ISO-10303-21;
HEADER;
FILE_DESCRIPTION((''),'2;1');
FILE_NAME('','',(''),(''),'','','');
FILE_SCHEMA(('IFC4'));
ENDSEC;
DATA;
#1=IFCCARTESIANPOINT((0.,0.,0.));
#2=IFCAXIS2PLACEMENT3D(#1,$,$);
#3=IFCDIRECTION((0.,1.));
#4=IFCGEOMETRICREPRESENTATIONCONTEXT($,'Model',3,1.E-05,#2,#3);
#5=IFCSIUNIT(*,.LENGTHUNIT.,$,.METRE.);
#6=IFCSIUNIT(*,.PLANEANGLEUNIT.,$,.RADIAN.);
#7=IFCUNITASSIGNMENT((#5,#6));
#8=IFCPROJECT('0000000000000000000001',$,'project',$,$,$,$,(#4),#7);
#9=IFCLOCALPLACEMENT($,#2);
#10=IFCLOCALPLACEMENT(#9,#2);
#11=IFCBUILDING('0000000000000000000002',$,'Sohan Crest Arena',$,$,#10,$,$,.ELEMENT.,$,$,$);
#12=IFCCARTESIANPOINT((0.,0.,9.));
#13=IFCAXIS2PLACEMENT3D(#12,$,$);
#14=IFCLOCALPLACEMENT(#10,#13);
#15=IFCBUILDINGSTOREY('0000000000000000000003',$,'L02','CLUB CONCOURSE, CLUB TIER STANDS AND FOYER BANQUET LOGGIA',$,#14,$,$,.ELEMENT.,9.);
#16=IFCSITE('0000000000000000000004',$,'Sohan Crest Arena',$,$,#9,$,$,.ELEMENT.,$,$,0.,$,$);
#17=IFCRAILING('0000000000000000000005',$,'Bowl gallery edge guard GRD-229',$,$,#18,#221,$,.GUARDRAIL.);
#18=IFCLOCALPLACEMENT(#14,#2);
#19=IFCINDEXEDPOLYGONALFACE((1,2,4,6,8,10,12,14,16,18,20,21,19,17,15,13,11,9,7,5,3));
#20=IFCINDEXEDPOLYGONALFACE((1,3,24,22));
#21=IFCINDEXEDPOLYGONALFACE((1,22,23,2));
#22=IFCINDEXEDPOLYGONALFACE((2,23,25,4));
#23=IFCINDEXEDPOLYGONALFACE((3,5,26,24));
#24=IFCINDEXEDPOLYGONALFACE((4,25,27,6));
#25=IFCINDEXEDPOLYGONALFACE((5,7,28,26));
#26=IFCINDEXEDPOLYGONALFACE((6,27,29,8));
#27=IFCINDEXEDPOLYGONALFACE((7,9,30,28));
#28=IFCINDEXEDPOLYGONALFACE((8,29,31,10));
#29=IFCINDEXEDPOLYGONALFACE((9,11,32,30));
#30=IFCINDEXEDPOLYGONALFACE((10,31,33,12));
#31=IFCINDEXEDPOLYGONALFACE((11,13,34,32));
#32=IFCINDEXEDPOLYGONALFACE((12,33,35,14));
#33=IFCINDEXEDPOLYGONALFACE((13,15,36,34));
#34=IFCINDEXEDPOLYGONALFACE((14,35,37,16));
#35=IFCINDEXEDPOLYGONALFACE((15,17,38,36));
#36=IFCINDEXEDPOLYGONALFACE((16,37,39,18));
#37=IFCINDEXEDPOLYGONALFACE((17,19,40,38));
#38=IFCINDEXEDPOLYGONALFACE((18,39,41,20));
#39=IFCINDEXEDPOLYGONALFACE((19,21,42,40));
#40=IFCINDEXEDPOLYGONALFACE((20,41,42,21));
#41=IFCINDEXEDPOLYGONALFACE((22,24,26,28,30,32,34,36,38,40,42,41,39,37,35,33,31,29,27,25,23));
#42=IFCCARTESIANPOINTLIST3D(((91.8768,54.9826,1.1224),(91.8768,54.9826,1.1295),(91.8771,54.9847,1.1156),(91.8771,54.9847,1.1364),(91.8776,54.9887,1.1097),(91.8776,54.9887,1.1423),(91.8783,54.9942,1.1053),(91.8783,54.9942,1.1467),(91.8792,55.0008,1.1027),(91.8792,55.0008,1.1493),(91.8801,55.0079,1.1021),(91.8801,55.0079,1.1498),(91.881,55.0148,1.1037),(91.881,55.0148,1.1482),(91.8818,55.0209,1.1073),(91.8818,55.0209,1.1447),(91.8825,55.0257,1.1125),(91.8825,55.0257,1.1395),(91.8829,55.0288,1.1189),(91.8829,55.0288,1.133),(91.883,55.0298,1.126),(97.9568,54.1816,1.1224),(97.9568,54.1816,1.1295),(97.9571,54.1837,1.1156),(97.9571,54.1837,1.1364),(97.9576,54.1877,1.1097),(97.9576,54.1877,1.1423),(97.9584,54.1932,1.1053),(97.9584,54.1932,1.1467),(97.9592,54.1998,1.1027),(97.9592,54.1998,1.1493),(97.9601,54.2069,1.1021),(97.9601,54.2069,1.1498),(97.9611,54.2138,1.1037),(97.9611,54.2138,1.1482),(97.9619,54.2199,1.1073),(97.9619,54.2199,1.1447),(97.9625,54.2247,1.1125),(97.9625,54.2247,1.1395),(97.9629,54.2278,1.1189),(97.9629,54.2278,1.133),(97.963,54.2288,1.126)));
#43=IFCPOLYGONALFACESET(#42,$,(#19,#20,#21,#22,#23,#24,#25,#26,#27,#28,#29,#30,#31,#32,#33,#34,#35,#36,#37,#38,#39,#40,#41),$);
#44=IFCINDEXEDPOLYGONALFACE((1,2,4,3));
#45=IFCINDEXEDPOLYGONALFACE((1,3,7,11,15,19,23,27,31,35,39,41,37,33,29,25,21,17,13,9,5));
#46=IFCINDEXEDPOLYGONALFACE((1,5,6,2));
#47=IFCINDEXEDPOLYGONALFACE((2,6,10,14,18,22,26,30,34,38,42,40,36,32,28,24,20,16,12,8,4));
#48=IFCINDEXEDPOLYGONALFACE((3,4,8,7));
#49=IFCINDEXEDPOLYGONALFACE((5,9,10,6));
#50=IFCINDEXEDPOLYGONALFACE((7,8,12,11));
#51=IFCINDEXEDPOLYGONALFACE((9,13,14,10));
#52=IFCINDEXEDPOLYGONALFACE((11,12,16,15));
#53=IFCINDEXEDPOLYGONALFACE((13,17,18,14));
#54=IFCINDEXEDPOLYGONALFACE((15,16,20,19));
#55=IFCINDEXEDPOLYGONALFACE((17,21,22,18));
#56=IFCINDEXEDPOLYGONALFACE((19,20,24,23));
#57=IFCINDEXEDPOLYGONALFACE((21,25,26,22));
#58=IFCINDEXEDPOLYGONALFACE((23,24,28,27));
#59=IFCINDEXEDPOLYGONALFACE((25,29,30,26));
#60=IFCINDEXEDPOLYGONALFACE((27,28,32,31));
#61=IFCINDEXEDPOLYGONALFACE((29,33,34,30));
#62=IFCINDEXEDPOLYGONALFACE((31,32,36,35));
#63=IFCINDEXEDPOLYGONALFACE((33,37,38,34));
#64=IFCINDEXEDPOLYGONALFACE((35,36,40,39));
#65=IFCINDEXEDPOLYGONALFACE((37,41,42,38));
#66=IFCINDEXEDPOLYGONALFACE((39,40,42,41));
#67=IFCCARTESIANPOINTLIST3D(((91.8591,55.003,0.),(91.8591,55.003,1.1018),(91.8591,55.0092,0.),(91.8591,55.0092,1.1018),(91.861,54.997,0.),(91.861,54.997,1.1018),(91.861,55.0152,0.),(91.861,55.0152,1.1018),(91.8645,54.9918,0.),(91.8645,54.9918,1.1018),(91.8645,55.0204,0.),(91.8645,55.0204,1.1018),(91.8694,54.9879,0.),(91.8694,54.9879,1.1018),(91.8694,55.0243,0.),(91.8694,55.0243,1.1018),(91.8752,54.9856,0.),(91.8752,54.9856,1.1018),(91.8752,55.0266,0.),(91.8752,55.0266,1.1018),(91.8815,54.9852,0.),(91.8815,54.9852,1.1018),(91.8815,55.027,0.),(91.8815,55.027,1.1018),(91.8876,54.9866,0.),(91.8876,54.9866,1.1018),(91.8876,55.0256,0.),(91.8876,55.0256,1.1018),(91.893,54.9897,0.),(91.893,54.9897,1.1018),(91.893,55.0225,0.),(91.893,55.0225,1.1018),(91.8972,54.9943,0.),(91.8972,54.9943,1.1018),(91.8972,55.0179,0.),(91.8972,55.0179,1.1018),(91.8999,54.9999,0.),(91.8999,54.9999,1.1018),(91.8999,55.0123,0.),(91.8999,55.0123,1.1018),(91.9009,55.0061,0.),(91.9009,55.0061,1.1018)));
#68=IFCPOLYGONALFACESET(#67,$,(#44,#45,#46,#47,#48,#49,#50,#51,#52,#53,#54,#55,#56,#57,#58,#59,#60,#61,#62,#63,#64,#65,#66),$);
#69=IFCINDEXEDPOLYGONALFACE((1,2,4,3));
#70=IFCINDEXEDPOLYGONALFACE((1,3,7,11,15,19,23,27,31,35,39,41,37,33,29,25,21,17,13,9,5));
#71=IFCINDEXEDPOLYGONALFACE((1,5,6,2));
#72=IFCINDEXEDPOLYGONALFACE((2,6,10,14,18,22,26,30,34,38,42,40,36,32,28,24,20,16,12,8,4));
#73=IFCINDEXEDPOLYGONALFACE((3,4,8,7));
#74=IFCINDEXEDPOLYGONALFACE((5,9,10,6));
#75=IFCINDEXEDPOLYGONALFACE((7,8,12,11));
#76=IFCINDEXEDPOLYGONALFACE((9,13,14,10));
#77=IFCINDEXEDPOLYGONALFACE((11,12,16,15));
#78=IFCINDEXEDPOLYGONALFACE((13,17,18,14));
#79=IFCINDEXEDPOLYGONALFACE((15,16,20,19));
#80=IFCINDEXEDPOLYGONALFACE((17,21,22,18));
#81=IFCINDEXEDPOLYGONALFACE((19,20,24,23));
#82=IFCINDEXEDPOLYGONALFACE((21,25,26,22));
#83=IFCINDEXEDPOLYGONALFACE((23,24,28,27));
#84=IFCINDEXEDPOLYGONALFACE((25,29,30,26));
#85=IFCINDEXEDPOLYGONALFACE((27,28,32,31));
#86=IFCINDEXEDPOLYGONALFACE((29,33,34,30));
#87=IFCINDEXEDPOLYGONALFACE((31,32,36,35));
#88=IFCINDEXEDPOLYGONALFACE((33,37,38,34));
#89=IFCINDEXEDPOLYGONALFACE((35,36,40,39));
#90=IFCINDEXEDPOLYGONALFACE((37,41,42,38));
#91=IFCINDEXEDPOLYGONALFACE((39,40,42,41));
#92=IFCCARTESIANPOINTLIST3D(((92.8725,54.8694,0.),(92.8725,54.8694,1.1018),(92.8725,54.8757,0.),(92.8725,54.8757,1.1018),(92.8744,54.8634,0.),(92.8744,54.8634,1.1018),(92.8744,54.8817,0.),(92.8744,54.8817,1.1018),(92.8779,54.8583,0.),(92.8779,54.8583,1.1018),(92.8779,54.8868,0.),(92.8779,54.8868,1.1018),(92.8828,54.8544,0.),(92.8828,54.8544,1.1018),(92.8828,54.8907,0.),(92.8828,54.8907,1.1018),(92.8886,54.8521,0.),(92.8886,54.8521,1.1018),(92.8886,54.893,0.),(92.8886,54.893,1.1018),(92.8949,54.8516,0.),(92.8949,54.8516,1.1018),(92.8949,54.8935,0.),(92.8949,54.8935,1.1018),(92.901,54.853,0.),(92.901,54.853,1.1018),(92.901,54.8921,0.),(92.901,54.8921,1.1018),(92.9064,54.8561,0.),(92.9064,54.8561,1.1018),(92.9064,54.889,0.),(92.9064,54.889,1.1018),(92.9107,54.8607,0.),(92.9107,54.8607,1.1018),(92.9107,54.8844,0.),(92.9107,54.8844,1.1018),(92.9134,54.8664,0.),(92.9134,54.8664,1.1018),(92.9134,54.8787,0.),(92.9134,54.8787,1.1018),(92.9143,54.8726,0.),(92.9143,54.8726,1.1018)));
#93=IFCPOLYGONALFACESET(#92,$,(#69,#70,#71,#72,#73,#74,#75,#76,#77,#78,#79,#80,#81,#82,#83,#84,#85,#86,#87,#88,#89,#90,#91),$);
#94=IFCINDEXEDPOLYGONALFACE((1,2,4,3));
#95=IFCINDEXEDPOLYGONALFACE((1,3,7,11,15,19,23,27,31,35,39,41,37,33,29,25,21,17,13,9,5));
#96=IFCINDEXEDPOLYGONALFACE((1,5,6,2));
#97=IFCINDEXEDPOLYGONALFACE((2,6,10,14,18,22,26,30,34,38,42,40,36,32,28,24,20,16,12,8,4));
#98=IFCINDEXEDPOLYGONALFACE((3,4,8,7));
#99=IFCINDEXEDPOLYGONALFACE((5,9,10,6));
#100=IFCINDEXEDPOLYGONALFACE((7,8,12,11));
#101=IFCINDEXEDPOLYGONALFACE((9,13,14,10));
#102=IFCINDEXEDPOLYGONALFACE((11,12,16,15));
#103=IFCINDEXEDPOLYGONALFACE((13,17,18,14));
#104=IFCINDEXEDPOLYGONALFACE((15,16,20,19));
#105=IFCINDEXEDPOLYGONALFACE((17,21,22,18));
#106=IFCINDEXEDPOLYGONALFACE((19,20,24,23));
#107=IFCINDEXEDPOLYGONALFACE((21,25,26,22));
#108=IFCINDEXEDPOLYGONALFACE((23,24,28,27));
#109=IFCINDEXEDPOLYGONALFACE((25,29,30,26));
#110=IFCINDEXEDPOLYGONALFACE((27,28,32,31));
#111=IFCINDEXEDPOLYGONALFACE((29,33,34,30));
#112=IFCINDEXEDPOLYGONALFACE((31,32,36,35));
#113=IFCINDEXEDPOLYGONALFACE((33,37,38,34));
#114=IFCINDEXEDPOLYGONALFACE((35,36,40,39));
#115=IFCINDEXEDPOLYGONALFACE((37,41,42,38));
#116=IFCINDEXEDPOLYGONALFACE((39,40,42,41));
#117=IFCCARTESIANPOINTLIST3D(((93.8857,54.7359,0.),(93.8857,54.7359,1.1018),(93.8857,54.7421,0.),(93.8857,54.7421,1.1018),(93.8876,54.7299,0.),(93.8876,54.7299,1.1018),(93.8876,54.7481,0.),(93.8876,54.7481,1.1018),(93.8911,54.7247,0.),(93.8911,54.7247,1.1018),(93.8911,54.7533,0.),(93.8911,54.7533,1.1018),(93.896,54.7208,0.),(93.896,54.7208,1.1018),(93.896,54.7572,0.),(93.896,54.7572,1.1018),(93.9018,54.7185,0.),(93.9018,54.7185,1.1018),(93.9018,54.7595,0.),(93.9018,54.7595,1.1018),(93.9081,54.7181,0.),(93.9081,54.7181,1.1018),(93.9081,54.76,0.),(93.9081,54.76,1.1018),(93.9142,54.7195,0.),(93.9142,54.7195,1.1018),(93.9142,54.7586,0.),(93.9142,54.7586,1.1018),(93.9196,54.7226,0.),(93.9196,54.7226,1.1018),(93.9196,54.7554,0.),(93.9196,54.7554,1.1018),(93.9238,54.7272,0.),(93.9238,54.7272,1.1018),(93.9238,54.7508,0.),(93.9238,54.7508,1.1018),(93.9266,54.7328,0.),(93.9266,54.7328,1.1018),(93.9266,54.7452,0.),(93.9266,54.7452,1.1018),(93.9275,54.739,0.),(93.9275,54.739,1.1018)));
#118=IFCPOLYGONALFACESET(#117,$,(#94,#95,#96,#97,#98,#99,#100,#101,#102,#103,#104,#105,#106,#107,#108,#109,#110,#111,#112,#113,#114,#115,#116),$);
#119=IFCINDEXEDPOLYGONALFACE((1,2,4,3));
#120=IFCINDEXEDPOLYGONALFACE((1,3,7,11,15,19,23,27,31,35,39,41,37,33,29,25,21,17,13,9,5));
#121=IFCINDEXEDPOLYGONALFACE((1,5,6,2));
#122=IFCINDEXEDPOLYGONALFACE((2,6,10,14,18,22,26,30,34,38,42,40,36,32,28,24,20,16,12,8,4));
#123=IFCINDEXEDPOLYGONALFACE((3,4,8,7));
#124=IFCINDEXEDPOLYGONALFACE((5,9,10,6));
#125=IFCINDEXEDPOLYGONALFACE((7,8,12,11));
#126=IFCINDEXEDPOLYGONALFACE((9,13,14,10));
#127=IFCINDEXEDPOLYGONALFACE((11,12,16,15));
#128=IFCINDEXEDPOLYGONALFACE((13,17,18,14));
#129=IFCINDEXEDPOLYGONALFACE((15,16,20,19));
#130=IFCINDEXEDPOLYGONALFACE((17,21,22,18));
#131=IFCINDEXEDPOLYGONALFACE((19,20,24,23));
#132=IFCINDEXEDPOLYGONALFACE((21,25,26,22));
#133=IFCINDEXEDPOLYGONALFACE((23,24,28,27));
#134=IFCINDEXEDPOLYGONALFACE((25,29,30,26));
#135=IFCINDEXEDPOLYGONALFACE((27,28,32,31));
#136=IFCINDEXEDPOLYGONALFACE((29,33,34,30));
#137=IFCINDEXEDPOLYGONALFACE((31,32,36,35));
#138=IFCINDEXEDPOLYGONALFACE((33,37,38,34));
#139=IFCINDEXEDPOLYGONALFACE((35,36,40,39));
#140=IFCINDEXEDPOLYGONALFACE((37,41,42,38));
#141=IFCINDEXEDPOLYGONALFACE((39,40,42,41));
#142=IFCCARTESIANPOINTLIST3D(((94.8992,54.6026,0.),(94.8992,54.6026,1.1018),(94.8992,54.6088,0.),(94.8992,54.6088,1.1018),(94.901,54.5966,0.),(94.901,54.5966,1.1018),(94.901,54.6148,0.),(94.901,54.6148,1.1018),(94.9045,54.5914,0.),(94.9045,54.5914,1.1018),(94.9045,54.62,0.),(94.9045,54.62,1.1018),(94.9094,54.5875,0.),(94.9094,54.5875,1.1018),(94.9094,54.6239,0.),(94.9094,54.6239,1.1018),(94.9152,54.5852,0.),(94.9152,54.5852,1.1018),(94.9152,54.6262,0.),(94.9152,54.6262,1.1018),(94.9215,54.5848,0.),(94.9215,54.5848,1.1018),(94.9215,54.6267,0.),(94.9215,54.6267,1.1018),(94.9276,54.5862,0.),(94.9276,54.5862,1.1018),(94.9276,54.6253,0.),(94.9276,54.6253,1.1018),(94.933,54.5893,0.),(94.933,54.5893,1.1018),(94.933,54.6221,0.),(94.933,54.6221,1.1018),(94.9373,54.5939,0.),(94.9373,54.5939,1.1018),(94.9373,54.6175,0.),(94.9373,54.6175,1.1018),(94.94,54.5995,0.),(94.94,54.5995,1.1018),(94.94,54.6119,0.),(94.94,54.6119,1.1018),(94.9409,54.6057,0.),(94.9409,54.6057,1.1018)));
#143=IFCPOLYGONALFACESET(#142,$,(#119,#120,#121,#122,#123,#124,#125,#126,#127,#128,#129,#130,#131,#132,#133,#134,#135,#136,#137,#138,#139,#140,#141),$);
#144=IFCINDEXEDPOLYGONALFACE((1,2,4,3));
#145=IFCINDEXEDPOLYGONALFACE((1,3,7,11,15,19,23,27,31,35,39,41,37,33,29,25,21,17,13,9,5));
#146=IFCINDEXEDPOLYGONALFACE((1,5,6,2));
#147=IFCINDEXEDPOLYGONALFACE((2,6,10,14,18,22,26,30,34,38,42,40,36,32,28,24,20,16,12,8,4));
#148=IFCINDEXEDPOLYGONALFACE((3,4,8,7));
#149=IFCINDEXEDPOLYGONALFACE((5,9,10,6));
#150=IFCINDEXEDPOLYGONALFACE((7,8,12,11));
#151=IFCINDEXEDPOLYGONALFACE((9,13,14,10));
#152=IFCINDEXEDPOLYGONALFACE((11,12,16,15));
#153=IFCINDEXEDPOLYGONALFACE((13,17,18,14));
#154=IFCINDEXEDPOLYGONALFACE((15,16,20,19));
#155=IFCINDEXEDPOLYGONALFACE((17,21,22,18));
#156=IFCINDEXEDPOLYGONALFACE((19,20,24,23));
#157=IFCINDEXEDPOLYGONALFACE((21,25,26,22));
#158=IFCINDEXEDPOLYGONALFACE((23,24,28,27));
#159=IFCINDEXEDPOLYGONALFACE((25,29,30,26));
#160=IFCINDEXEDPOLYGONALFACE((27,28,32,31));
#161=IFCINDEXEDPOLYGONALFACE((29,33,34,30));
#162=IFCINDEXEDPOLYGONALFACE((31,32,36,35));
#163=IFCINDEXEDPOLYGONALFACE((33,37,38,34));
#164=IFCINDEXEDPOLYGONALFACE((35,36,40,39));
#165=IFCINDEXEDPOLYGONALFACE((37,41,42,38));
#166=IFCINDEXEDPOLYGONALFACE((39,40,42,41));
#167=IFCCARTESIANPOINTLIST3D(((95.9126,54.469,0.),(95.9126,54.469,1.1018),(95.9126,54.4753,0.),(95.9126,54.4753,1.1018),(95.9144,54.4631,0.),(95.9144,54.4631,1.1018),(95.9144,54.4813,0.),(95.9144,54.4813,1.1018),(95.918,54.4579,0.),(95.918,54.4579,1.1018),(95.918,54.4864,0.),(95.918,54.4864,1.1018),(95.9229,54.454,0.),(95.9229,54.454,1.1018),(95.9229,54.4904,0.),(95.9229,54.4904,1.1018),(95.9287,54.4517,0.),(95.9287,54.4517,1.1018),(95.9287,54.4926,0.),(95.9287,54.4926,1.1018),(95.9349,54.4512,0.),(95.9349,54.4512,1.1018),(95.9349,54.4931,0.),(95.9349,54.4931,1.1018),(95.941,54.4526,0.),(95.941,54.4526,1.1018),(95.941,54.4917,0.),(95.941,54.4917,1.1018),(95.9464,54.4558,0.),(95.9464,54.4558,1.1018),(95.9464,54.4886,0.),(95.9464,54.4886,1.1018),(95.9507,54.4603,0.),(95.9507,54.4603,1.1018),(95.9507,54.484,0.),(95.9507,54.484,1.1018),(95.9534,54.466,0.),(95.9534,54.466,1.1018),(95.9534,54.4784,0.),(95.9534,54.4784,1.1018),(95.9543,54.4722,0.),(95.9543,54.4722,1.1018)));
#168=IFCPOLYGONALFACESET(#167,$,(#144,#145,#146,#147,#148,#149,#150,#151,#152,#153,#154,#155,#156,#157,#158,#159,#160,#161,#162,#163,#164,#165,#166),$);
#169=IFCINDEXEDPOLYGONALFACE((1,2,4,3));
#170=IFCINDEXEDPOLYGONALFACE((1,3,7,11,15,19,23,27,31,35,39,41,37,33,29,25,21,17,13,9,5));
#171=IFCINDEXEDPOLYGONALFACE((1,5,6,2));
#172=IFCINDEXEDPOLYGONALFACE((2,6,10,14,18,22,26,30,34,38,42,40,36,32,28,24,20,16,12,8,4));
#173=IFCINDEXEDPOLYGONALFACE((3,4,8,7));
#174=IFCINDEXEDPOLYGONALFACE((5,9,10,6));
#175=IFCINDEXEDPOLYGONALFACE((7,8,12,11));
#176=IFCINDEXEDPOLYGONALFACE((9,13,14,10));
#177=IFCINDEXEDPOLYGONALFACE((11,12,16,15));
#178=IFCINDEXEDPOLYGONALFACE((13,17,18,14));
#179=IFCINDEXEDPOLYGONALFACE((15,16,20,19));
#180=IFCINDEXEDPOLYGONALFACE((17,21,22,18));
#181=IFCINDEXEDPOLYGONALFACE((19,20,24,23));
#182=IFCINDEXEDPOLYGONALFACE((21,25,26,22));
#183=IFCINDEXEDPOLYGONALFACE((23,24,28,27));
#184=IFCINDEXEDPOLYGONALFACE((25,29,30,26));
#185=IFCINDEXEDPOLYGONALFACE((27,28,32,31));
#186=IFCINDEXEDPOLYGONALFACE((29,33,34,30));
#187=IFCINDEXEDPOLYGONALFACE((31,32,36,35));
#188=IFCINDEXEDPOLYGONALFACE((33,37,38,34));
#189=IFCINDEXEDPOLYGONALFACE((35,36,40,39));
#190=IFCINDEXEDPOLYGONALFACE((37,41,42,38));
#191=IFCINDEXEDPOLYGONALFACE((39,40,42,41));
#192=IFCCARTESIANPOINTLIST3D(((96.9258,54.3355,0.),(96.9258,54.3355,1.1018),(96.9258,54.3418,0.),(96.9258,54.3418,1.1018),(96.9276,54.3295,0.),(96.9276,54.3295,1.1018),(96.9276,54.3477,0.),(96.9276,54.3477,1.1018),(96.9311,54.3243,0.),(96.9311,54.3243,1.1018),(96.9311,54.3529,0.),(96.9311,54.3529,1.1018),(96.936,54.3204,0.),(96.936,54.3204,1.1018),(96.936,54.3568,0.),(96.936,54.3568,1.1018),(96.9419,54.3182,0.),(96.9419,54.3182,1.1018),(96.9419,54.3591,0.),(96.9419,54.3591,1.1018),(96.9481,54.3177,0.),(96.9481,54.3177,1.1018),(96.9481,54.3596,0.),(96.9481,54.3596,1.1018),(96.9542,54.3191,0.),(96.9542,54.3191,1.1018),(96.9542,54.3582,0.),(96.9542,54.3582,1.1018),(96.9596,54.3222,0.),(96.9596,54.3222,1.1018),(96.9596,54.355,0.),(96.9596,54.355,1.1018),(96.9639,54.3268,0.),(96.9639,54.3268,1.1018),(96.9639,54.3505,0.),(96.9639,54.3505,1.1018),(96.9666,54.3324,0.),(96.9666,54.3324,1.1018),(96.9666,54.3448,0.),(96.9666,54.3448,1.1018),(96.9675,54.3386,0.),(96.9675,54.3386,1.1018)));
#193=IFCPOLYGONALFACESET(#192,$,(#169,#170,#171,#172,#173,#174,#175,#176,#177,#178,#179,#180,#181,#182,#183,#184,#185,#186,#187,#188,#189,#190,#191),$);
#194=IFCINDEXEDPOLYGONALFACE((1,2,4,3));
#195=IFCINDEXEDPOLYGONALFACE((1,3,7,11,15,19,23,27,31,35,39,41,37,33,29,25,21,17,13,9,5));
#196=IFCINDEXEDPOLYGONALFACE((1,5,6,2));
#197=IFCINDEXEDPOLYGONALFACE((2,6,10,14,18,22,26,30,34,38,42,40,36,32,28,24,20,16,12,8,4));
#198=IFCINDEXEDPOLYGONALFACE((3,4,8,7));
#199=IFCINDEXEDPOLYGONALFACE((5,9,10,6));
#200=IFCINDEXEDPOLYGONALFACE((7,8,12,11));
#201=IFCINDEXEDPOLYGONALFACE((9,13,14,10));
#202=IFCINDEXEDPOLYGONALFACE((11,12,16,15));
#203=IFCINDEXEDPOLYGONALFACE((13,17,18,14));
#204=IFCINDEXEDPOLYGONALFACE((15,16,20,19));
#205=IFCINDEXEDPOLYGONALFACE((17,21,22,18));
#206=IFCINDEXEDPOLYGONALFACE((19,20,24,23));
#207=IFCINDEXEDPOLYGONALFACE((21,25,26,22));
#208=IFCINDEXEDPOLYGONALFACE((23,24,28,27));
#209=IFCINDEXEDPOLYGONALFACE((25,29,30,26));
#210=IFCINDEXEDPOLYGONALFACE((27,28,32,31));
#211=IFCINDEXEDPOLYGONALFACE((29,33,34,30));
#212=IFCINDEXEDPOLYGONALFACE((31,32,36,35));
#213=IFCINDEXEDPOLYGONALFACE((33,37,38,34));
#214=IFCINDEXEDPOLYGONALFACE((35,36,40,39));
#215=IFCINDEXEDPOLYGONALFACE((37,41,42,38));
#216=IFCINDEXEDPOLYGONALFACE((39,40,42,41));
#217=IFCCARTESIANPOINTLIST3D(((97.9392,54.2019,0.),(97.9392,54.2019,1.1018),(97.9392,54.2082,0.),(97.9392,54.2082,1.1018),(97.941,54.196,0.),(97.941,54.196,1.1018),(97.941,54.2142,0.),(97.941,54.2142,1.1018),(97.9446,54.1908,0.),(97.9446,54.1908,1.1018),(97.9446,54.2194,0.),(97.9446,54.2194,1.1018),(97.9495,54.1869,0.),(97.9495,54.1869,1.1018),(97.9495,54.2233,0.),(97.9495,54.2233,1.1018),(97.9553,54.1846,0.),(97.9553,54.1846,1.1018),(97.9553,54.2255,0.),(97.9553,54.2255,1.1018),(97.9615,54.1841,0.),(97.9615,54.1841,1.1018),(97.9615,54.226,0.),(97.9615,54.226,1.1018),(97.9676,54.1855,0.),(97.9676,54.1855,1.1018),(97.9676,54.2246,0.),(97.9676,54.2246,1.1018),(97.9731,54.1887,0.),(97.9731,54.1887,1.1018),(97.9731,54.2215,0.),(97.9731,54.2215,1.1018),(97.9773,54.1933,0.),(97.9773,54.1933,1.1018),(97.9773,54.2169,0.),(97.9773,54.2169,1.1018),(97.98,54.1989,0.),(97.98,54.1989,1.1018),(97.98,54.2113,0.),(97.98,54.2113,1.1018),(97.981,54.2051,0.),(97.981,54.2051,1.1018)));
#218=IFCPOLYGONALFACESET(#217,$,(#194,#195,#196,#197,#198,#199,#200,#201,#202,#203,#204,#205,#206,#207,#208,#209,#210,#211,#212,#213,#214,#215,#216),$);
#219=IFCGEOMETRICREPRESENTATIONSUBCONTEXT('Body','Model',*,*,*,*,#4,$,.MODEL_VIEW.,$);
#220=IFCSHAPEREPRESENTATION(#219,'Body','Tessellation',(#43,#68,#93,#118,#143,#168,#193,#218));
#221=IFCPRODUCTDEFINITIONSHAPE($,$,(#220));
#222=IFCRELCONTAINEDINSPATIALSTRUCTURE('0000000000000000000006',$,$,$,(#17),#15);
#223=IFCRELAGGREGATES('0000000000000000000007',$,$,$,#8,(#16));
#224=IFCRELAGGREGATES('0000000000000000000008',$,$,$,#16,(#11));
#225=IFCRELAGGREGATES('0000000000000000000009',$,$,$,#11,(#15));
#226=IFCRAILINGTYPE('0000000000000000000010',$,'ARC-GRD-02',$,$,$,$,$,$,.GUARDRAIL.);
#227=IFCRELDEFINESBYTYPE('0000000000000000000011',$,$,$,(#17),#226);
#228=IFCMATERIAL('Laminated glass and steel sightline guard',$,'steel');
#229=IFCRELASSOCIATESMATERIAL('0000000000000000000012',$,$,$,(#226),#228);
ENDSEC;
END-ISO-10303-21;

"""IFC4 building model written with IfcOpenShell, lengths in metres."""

from ifc_helpers import new_model, si_unit, direction, frame, origin, origin_2d, place, context, subcontext, project, spatial, circle, extrude, material, type_object, element, save


model = new_model("IFC4")

# Units and contexts
model_context = context("Model", 3, precision=1e-05, world=origin(), true_north=direction((0.0, 1.0)))
body_context = subcontext(model_context, "Body", "Model", "MODEL_VIEW")
ifc_project = project(units=[si_unit("LENGTHUNIT", "METRE"), si_unit("PLANEANGLEUNIT", "RADIAN")], contexts=[model_context])

# Site, building, storey
site_placement = place(None, origin())
site = spatial("IfcSite", under=ifc_project, at=site_placement, Name="Sohan Crest Arena", CompositionType="ELEMENT", RefElevation=0.0)
building_placement = place(site_placement, origin())
building = spatial("IfcBuilding", under=site, at=building_placement, Name="Sohan Crest Arena", CompositionType="ELEMENT")
storey_placement = place(building_placement, frame((0.0, 0.0, 9.0)))
storey = spatial("IfcBuildingStorey", under=building, at=storey_placement, Name="L02", Description="CLUB CONCOURSE, CLUB TIER STANDS AND FOYER BANQUET LOGGIA", CompositionType="ELEMENT", Elevation=9.0)

# Railing
ifc_material_1 = material(Name="Laminated glass and steel sightline guard", Category="steel")
railing_type_1 = type_object("IfcRailingType", Name="ARC-GRD-02", PredefinedType="GUARDRAIL", material=ifc_material_1)
railing_1_placement = place(storey_placement, frame((91.8799, 55.0061, 0.0)))
element("IfcRailing", 1, at=railing_1_placement, inside=storey, type_object=railing_type_1, Name="Bowl gallery edge guard GRD-229", PredefinedType="GUARDRAIL", context=body_context, shape_type="SweptSolid", body=[
    extrude(circle(Radius=0.0239, at=origin_2d()), frame((0.0, 0.0, 1.126), z_axis=(0.991433, -0.130617, 0.0), x_axis=(0.130617, 0.991433, 0.0)), (0.0, 0.0, 1.0), 6.1326),
    extrude(circle(Radius=0.021, at=origin_2d()), origin(), (0.0, 0.0, 1.0), 1.1018),
    extrude(circle(Radius=0.021, at=origin_2d()), frame((1.0134, -0.1335, 0.0)), (0.0, 0.0, 1.0), 1.1018),
    extrude(circle(Radius=0.021, at=origin_2d()), frame((2.0266, -0.2671, 0.0)), (0.0, 0.0, 1.0), 1.1018),
    extrude(circle(Radius=0.021, at=origin_2d()), frame((3.04, -0.4004, 0.0)), (0.0, 0.0, 1.0), 1.1018),
    extrude(circle(Radius=0.021, at=origin_2d()), frame((4.0535, -0.5339, 0.0)), (0.0, 0.0, 1.0), 1.1018),
    extrude(circle(Radius=0.021, at=origin_2d()), frame((5.0667, -0.6675, 0.0)), (0.0, 0.0, 1.0), 1.1018),
    extrude(circle(Radius=0.021, at=origin_2d()), frame((6.0801, -0.801, 0.0)), (0.0, 0.0, 1.0), 1.1018),
])

save(model, "model.ifc")
